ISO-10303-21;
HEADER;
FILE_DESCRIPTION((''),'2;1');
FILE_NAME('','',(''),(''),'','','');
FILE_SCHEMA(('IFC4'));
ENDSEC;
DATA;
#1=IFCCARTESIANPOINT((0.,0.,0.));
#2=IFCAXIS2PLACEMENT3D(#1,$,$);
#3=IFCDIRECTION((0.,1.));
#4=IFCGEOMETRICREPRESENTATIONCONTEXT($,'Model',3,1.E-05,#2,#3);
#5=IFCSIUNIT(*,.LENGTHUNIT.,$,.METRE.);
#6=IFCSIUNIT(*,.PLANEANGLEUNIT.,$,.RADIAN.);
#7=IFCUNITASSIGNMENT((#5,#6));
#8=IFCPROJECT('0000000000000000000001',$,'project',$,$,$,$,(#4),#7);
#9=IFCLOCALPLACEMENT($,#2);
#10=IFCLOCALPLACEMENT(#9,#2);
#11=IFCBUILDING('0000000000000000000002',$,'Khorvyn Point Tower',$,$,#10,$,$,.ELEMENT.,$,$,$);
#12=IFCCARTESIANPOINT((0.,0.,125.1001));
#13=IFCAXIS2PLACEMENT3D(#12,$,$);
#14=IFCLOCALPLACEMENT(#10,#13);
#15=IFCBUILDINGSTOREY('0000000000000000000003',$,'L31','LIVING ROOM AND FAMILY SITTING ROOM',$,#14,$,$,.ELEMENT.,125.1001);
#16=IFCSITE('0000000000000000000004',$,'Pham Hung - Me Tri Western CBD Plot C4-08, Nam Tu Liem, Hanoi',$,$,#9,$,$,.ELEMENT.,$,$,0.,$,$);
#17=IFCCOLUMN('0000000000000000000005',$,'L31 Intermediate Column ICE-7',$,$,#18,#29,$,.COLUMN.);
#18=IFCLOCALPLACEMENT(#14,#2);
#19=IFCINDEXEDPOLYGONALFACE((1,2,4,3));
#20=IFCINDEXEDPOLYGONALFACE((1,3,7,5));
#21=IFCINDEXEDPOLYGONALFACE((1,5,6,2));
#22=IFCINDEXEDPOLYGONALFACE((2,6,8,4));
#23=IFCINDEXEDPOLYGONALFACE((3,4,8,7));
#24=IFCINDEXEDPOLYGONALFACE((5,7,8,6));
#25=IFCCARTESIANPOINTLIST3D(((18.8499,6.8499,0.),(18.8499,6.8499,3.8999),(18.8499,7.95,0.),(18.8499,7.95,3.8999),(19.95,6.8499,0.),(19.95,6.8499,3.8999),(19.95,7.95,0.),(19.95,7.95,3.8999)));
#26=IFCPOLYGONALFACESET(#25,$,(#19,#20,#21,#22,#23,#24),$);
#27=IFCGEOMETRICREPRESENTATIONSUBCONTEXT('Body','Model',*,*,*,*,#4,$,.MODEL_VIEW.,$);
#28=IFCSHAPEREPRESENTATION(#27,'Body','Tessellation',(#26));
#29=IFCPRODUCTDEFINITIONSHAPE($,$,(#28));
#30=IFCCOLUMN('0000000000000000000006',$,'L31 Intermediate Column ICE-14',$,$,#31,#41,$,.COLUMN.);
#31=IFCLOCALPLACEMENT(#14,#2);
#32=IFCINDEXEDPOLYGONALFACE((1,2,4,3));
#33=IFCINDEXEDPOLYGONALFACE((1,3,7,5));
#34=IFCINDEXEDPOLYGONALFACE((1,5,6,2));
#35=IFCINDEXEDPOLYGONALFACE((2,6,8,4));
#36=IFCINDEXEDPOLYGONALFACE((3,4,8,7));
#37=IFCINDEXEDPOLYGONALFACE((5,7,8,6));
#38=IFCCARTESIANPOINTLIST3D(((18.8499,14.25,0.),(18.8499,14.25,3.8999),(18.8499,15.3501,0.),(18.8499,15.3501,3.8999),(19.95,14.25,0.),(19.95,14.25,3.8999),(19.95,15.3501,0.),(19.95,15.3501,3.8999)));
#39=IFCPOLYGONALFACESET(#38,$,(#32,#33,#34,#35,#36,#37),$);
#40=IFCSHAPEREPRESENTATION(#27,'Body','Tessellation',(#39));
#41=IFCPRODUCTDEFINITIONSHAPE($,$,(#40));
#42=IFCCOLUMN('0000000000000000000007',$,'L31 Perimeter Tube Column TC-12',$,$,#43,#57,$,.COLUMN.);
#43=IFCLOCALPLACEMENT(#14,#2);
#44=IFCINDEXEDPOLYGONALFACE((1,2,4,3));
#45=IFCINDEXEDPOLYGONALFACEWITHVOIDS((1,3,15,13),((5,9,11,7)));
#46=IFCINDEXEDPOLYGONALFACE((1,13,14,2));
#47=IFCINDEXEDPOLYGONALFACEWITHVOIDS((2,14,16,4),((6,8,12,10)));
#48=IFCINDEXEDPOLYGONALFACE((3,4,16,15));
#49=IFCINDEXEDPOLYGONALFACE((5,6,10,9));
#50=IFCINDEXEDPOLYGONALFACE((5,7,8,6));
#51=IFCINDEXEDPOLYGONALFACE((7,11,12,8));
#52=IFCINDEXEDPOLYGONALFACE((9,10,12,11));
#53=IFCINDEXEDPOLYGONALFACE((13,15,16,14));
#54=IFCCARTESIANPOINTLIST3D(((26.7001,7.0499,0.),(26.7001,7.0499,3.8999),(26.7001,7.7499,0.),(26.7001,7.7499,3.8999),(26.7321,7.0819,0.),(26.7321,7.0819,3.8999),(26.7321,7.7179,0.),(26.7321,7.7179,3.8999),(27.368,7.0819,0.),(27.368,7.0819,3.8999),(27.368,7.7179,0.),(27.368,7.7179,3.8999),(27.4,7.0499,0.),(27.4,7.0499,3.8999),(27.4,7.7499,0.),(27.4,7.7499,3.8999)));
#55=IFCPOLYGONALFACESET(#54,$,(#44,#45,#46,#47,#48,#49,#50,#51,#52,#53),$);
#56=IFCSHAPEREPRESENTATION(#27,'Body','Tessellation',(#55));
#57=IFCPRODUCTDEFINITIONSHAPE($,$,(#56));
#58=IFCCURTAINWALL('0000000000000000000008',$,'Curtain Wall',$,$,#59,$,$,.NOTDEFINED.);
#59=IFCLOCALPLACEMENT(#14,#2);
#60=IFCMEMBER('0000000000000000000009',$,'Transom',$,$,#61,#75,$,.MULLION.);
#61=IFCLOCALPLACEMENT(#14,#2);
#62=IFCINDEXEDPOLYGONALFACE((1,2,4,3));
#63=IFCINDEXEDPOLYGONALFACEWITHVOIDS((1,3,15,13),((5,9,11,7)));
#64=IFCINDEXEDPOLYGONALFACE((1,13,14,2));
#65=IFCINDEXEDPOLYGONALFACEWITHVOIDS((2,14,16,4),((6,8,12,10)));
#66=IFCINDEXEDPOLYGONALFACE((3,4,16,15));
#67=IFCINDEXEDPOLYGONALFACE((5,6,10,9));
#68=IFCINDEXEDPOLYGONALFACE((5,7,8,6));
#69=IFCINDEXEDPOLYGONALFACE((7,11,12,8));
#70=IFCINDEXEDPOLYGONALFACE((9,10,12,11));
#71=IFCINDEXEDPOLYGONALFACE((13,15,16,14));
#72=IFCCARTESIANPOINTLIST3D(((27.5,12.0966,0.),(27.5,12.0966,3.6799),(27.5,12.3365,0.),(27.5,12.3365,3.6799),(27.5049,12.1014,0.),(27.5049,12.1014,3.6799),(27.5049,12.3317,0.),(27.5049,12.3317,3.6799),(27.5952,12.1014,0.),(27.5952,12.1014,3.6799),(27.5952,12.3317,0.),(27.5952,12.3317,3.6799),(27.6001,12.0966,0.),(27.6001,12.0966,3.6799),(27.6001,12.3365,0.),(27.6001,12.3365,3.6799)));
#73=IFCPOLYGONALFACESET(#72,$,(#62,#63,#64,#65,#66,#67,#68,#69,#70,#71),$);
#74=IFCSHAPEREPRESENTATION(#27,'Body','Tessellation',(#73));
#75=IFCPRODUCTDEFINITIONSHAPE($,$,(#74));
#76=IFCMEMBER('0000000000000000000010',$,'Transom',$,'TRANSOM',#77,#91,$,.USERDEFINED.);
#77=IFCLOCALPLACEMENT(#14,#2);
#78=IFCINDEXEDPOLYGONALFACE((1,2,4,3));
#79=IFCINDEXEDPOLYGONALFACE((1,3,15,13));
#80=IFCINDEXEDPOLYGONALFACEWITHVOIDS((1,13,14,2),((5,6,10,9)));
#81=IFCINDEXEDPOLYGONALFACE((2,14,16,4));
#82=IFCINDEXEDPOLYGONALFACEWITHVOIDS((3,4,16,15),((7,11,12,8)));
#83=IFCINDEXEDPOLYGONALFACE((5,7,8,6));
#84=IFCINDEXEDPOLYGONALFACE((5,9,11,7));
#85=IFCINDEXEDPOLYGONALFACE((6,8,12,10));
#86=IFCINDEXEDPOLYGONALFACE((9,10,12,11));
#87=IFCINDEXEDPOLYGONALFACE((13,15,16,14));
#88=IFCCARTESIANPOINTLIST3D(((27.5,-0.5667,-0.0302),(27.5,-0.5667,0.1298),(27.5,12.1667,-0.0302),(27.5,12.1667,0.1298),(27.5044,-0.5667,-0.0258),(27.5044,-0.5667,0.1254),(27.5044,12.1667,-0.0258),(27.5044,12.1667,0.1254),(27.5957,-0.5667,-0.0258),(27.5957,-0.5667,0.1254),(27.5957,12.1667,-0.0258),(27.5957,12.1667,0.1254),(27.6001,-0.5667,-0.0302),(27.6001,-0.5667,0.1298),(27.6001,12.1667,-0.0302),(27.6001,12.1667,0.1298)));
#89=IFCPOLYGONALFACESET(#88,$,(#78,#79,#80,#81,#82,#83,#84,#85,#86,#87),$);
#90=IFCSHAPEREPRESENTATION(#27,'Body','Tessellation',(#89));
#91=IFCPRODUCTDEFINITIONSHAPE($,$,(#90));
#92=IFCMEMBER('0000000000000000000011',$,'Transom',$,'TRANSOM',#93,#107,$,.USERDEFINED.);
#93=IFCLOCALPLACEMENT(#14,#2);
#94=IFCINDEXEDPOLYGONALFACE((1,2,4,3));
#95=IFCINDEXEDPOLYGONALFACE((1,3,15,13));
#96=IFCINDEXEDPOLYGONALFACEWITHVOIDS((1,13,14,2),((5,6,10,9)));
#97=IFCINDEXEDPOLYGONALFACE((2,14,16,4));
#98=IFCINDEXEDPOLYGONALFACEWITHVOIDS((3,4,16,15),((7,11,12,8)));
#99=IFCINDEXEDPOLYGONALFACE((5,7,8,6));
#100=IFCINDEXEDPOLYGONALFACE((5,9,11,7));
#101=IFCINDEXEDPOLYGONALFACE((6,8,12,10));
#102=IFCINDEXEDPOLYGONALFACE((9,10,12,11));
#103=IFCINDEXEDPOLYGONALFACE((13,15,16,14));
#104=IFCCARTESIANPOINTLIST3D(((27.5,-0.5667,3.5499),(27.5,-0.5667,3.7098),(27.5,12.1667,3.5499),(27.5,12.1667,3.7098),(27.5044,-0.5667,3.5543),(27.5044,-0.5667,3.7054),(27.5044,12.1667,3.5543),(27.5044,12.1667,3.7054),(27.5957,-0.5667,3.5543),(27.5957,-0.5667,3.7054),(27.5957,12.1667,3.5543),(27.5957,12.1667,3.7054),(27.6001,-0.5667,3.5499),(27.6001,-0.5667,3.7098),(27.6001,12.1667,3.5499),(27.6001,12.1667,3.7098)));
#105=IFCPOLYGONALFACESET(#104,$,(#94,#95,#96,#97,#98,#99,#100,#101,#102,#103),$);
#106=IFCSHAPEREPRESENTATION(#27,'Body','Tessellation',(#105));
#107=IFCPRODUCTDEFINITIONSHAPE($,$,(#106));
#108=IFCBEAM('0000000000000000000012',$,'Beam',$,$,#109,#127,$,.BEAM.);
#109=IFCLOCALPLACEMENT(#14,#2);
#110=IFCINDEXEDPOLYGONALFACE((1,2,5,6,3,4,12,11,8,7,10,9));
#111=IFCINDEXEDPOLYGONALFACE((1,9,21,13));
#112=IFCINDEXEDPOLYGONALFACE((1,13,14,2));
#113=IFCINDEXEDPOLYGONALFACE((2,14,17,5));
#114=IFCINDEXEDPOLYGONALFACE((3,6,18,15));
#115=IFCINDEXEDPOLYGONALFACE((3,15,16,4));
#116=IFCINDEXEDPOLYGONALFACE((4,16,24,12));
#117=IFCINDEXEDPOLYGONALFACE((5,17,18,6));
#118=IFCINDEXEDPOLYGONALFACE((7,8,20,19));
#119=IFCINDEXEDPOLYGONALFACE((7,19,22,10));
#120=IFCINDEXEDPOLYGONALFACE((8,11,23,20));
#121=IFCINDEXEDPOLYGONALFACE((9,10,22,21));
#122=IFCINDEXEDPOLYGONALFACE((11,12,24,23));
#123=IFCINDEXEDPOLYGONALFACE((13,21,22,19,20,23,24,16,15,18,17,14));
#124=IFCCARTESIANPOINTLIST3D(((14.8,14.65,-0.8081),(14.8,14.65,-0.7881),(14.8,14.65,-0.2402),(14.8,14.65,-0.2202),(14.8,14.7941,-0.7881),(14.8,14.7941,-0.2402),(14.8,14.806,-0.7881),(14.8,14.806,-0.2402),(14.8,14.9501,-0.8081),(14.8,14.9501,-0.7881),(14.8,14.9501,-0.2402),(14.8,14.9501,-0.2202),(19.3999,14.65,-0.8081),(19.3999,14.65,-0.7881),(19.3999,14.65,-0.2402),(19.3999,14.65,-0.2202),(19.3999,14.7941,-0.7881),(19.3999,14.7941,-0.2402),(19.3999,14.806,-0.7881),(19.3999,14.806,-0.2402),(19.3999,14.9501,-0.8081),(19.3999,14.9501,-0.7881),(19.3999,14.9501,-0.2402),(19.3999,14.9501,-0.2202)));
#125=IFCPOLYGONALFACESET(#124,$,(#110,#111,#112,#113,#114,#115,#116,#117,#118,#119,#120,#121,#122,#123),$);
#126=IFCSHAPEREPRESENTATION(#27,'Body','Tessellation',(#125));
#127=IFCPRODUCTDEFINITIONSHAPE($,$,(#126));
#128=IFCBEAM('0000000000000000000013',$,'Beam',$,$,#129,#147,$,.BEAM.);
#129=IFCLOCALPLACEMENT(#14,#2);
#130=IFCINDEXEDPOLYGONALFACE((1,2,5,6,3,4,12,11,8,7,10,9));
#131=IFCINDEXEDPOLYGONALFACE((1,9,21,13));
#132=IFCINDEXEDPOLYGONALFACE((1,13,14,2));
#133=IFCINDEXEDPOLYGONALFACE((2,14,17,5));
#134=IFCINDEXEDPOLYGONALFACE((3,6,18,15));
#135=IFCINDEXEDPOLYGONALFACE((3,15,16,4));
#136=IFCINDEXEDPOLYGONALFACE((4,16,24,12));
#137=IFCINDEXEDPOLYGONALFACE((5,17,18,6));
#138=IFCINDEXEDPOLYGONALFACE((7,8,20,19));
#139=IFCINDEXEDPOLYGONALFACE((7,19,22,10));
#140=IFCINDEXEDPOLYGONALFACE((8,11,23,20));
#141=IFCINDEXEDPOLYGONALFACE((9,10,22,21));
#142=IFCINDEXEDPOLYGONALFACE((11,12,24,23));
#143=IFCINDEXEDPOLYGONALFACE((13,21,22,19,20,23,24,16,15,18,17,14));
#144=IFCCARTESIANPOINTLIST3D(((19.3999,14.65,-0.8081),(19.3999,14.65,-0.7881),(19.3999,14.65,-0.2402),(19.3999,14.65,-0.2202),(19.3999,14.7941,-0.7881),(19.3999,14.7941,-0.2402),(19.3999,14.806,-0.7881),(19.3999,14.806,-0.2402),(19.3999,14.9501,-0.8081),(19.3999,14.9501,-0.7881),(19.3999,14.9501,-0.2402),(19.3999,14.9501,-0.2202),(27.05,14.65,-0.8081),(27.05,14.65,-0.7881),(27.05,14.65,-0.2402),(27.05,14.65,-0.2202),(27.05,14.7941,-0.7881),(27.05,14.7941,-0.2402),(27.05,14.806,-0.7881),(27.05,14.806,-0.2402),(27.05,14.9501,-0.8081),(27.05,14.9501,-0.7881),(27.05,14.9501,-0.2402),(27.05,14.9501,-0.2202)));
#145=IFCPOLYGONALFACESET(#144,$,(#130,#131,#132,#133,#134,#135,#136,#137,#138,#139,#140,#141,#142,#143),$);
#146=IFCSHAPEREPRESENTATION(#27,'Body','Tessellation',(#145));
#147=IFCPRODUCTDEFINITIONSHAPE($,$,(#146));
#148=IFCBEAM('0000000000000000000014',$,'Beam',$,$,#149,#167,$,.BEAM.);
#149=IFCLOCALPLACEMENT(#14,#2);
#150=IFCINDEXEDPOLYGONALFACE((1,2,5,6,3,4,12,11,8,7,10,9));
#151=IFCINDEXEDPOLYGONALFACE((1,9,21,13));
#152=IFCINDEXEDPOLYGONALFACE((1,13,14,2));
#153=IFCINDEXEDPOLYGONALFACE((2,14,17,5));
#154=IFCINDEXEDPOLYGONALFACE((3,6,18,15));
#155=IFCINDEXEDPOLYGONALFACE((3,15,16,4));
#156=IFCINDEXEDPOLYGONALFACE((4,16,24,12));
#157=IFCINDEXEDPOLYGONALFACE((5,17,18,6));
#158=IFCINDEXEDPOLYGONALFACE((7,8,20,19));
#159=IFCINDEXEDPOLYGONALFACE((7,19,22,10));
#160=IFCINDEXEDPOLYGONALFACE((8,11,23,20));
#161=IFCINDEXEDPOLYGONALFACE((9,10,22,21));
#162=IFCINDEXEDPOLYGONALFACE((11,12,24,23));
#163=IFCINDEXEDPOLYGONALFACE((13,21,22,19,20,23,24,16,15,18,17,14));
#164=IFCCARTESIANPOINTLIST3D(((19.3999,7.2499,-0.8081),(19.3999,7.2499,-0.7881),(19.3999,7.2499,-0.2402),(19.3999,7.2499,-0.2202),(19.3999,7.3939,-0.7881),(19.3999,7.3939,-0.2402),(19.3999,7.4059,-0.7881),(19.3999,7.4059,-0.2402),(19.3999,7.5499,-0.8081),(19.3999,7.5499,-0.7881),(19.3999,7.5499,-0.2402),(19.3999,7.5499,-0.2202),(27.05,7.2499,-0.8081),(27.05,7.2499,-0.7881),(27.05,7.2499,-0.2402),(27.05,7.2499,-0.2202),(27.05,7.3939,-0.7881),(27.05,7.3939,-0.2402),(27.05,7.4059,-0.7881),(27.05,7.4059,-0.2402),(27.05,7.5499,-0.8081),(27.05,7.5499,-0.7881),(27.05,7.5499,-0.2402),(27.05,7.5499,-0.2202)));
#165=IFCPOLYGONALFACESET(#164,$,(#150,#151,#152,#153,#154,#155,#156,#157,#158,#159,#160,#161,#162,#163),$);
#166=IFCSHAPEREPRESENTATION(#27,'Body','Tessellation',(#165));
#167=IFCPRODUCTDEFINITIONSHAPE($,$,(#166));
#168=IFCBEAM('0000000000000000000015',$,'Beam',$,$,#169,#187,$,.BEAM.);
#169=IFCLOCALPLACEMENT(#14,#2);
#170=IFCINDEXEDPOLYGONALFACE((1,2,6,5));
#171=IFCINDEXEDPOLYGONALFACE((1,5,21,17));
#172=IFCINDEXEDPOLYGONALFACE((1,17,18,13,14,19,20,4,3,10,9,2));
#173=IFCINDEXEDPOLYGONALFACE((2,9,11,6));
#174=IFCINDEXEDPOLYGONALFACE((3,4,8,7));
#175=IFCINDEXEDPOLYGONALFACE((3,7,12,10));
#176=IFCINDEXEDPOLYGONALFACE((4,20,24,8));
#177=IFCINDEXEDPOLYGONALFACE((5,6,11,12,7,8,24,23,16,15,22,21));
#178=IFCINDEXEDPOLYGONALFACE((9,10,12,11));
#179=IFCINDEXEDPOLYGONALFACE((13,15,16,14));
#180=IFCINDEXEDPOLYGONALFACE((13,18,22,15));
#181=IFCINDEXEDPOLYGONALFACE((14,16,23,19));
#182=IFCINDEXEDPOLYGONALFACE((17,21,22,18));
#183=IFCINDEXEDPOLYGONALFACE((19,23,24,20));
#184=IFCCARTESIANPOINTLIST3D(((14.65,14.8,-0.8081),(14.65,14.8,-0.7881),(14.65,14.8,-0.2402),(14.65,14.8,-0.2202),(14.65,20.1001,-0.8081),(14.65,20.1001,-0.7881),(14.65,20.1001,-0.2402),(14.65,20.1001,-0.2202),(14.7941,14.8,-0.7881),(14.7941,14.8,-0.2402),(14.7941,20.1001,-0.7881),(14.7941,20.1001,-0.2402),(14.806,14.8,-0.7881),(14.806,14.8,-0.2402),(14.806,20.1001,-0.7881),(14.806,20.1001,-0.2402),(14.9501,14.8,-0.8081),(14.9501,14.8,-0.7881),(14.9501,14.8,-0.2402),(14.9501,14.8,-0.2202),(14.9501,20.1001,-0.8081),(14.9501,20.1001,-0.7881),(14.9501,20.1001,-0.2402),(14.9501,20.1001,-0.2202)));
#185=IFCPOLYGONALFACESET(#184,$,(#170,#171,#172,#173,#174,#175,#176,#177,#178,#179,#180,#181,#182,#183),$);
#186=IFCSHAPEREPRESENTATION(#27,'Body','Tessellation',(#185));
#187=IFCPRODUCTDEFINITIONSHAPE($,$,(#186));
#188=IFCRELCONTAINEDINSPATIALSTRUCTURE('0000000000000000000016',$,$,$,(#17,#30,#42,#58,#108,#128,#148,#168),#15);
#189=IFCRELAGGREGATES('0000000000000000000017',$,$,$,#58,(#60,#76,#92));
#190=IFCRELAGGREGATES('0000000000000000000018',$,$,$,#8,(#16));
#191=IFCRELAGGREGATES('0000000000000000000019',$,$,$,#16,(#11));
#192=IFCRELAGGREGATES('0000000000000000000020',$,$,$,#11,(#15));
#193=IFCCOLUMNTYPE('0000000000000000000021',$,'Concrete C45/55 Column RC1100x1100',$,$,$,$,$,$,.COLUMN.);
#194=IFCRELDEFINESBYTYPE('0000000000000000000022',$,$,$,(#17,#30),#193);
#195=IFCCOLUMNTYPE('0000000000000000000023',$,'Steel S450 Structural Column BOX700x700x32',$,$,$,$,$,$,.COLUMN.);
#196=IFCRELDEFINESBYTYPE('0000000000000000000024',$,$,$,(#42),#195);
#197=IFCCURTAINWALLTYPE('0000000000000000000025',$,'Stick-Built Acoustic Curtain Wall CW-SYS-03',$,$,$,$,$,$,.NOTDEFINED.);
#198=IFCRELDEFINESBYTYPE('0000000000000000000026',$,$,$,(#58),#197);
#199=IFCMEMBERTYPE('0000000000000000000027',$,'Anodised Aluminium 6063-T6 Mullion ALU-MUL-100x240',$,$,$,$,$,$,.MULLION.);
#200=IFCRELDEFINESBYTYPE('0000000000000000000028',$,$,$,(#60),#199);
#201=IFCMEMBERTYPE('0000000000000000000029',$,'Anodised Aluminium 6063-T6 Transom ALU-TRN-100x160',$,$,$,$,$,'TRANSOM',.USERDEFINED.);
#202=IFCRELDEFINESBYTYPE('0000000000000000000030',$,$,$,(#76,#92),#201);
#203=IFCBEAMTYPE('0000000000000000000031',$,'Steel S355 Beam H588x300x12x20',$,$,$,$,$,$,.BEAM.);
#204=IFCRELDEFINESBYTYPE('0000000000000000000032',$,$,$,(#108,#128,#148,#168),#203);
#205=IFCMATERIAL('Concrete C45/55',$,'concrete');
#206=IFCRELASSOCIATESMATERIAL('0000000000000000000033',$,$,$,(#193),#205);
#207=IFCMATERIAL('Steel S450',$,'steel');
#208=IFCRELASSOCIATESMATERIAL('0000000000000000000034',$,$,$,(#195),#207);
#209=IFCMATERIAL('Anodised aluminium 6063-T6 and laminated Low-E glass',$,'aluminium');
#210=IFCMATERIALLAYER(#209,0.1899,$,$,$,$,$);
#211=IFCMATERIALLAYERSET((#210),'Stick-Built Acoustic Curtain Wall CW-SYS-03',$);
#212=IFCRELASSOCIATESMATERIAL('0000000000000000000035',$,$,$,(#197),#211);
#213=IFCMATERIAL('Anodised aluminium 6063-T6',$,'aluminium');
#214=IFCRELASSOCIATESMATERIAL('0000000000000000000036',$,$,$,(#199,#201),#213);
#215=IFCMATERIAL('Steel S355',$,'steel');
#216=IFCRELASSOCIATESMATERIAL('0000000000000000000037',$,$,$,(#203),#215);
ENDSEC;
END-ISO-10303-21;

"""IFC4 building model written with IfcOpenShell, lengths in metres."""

from ifc_helpers import new_model, si_unit, direction, frame, origin, origin_2d, place, context, subcontext, project, spatial, rectangle, hollow_rectangle, i_section, extrude, material, layer, layer_set, material_profile, profile_set, type_object, element, aggregate, save


model = new_model("IFC4")

# Units and contexts
model_context = context("Model", 3, precision=1e-05, world=origin(), true_north=direction((0.0, 1.0)))
body_context = subcontext(model_context, "Body", "Model", "MODEL_VIEW")
ifc_project = project(units=[si_unit("LENGTHUNIT", "METRE"), si_unit("PLANEANGLEUNIT", "RADIAN")], contexts=[model_context])

# Site, building, storey
site_placement = place(None, origin())
site = spatial("IfcSite", under=ifc_project, at=site_placement, Name="Pham Hung - Me Tri Western CBD Plot C4-08, Nam Tu Liem, Hanoi", CompositionType="ELEMENT", RefElevation=0.0)
building_placement = place(site_placement, origin())
building = spatial("IfcBuilding", under=site, at=building_placement, Name="Khorvyn Point Tower", CompositionType="ELEMENT")
storey_placement = place(building_placement, frame((0.0, 0.0, 125.1001)))
storey = spatial("IfcBuildingStorey", under=building, at=storey_placement, Name="L31", Description="LIVING ROOM AND FAMILY SITTING ROOM", CompositionType="ELEMENT", Elevation=125.1001)

# Columns
ifc_material_1 = material(Name="Concrete C45/55", Category="concrete")
ifc_material_profile_1 = material_profile(ifc_material_1, rectangle(XDim=1.1001, YDim=1.1001, at=origin_2d()))
ifc_profile_set_1 = profile_set([ifc_material_profile_1], Name="Concrete C45/55 RC1100x1100")
column_type_1 = type_object("IfcColumnType", Name="Concrete C45/55 Column RC1100x1100", PredefinedType="COLUMN", material=ifc_profile_set_1)
for number, where, z_axis, x_axis, name in (
    (1, (19.3999, 7.3999, 0.0), (0.0, 0.0, 1.0), (1.0, 0.0, 0.0), "L31 Intermediate Column ICE-7"),
    (2, (19.3999, 14.8, 0.0), (0.0, 0.0, 1.0), (1.0, 0.0, 0.0), "L31 Intermediate Column ICE-14"),
):
    element("IfcColumn", number, at=place(storey_placement, frame(where, z_axis=z_axis, x_axis=x_axis)), inside=storey, type_object=column_type_1, Name=name, PredefinedType="COLUMN", context=body_context, shape_type="SweptSolid", body=[
        extrude(rectangle(XDim=1.1001, YDim=1.1001, at=origin_2d()), origin(), (0.0, 0.0, 1.0), 3.8999),
    ])
ifc_material_2 = material(Name="Steel S450", Category="steel")
ifc_material_profile_2 = material_profile(ifc_material_2, hollow_rectangle(XDim=0.7, YDim=0.7, WallThickness=0.032, at=origin_2d()))
ifc_profile_set_2 = profile_set([ifc_material_profile_2], Name="Steel S450 BOX700x700x32")
column_type_2 = type_object("IfcColumnType", Name="Steel S450 Structural Column BOX700x700x32", PredefinedType="COLUMN", material=ifc_profile_set_2)
column_placement = place(storey_placement, frame((27.05, 7.3999, 0.0), z_axis=(0.0, 0.0, 1.0), x_axis=(1.0, 0.0, 0.0)))
element("IfcColumn", 3, at=column_placement, inside=storey, type_object=column_type_2, Name="L31 Perimeter Tube Column TC-12", PredefinedType="COLUMN", context=body_context, shape_type="SweptSolid", body=[
    extrude(hollow_rectangle(XDim=0.7, YDim=0.7, WallThickness=0.032, at=origin_2d()), origin(), (0.0, 0.0, 1.0), 3.8999),
])

# Curtain wall, members
ifc_material_3 = material(Name="Anodised aluminium 6063-T6 and laminated Low-E glass", Category="aluminium")
ifc_layer_1 = layer(ifc_material_3, 0.1899)
ifc_layer_set_1 = layer_set([ifc_layer_1], Name="Stick-Built Acoustic Curtain Wall CW-SYS-03")
curtain_wall_type = type_object("IfcCurtainWallType", Name="Stick-Built Acoustic Curtain Wall CW-SYS-03", PredefinedType="NOTDEFINED", material=ifc_layer_set_1)
curtain_wall_placement = place(storey_placement, origin())
curtain_wall = element("IfcCurtainWall", 4, at=curtain_wall_placement, inside=storey, type_object=curtain_wall_type, Name="Curtain Wall", PredefinedType="NOTDEFINED")
ifc_material_4 = material(Name="Anodised aluminium 6063-T6", Category="aluminium")
ifc_material_profile_3 = material_profile(ifc_material_4, hollow_rectangle(XDim=0.1001, YDim=0.24, WallThickness=0.0049, at=origin_2d()))
ifc_profile_set_3 = profile_set([ifc_material_profile_3], Name="Anodised aluminium 6063-T6 ALU-MUL-100x240")
member_type_1 = type_object("IfcMemberType", Name="Anodised Aluminium 6063-T6 Mullion ALU-MUL-100x240", PredefinedType="MULLION", material=ifc_profile_set_3)
member_1_placement = place(storey_placement, frame((27.55, 12.2166, 0.0), z_axis=(0.0, 0.0, 1.0), x_axis=(1.0, 0.0, 0.0)))
member_1 = element("IfcMember", 5, at=member_1_placement, type_object=member_type_1, Name="Transom", PredefinedType="MULLION", context=body_context, shape_type="SweptSolid", body=[
    extrude(hollow_rectangle(XDim=0.1001, YDim=0.24, WallThickness=0.0049, at=origin_2d()), origin(), (0.0, 0.0, 1.0), 3.6799),
])
ifc_material_profile_4 = material_profile(ifc_material_4, hollow_rectangle(XDim=0.1001, YDim=0.1599, WallThickness=0.0044, at=origin_2d()))
ifc_profile_set_4 = profile_set([ifc_material_profile_4], Name="Anodised aluminium 6063-T6 ALU-TRN-100x160")
member_type_2 = type_object("IfcMemberType", Name="Anodised Aluminium 6063-T6 Transom ALU-TRN-100x160", ElementType="TRANSOM", PredefinedType="USERDEFINED", material=ifc_profile_set_4)
member_2_placement = place(storey_placement, frame((27.55, 12.1667, 0.0498), z_axis=(0.0, -1.0, 0.0), x_axis=(1.0, 0.0, 0.0)))
member_2 = element("IfcMember", 6, at=member_2_placement, type_object=member_type_2, Name="Transom", ObjectType="TRANSOM", PredefinedType="USERDEFINED", context=body_context, shape_type="SweptSolid", body=[
    extrude(hollow_rectangle(XDim=0.1001, YDim=0.1599, WallThickness=0.0044, at=origin_2d()), origin(), (0.0, 0.0, 1.0), 12.7334),
])
member_3_placement = place(storey_placement, frame((27.55, 12.1667, 3.6299), z_axis=(0.0, -1.0, 0.0), x_axis=(1.0, 0.0, 0.0)))
member_3 = element("IfcMember", 7, at=member_3_placement, type_object=member_type_2, Name="Transom", ObjectType="TRANSOM", PredefinedType="USERDEFINED", context=body_context, shape_type="SweptSolid", body=[
    extrude(hollow_rectangle(XDim=0.1001, YDim=0.1599, WallThickness=0.0044, at=origin_2d()), origin(), (0.0, 0.0, 1.0), 12.7334),
])

# Beams
ifc_material_5 = material(Name="Steel S355", Category="steel")
ifc_material_profile_5 = material_profile(ifc_material_5, i_section(OverallWidth=0.3, OverallDepth=0.5879, WebThickness=0.012, FlangeThickness=0.02, at=origin_2d()))
ifc_profile_set_5 = profile_set([ifc_material_profile_5], Name="Steel S355 H588x300x12x20")
beam_type_1 = type_object("IfcBeamType", Name="Steel S355 Beam H588x300x12x20", PredefinedType="BEAM", material=ifc_profile_set_5)
beam_1_placement = place(storey_placement, frame((14.8, 14.8, -0.5142), z_axis=(1.0, 0.0, 0.0), x_axis=(0.0, 1.0, 0.0)))
element("IfcBeam", 8, at=beam_1_placement, inside=storey, type_object=beam_type_1, Name="Beam", PredefinedType="BEAM", context=body_context, shape_type="SweptSolid", body=[
    extrude(i_section(OverallWidth=0.3, OverallDepth=0.5879, WebThickness=0.012, FlangeThickness=0.02, at=origin_2d()), origin(), (0.0, 0.0, 1.0), 4.5999),
])
for number, where, z_axis, x_axis, name in (
    (9, (19.3999, 14.8, -0.5142), (1.0, 0.0, 0.0), (0.0, 1.0, 0.0), "Beam"),
    (10, (19.3999, 7.3999, -0.5142), (1.0, 0.0, 0.0), (0.0, 1.0, 0.0), "Beam"),
):
    element("IfcBeam", number, at=place(storey_placement, frame(where, z_axis=z_axis, x_axis=x_axis)), inside=storey, type_object=beam_type_1, Name=name, PredefinedType="BEAM", context=body_context, shape_type="SweptSolid", body=[
        extrude(i_section(OverallWidth=0.3, OverallDepth=0.5879, WebThickness=0.012, FlangeThickness=0.02, at=origin_2d()), origin(), (0.0, 0.0, 1.0), 7.6501),
    ])
beam_2_placement = place(storey_placement, frame((14.8, 14.8, -0.5142), z_axis=(0.0, 1.0, 0.0), x_axis=(-1.0, 0.0, 0.0)))
element("IfcBeam", 11, at=beam_2_placement, inside=storey, type_object=beam_type_1, Name="Beam", PredefinedType="BEAM", context=body_context, shape_type="SweptSolid", body=[
    extrude(i_section(OverallWidth=0.3, OverallDepth=0.5879, WebThickness=0.012, FlangeThickness=0.02, at=origin_2d()), origin(), (0.0, 0.0, 1.0), 5.3),
])

aggregate(curtain_wall, [member_1, member_2, member_3])

save(model, "model.ifc")
